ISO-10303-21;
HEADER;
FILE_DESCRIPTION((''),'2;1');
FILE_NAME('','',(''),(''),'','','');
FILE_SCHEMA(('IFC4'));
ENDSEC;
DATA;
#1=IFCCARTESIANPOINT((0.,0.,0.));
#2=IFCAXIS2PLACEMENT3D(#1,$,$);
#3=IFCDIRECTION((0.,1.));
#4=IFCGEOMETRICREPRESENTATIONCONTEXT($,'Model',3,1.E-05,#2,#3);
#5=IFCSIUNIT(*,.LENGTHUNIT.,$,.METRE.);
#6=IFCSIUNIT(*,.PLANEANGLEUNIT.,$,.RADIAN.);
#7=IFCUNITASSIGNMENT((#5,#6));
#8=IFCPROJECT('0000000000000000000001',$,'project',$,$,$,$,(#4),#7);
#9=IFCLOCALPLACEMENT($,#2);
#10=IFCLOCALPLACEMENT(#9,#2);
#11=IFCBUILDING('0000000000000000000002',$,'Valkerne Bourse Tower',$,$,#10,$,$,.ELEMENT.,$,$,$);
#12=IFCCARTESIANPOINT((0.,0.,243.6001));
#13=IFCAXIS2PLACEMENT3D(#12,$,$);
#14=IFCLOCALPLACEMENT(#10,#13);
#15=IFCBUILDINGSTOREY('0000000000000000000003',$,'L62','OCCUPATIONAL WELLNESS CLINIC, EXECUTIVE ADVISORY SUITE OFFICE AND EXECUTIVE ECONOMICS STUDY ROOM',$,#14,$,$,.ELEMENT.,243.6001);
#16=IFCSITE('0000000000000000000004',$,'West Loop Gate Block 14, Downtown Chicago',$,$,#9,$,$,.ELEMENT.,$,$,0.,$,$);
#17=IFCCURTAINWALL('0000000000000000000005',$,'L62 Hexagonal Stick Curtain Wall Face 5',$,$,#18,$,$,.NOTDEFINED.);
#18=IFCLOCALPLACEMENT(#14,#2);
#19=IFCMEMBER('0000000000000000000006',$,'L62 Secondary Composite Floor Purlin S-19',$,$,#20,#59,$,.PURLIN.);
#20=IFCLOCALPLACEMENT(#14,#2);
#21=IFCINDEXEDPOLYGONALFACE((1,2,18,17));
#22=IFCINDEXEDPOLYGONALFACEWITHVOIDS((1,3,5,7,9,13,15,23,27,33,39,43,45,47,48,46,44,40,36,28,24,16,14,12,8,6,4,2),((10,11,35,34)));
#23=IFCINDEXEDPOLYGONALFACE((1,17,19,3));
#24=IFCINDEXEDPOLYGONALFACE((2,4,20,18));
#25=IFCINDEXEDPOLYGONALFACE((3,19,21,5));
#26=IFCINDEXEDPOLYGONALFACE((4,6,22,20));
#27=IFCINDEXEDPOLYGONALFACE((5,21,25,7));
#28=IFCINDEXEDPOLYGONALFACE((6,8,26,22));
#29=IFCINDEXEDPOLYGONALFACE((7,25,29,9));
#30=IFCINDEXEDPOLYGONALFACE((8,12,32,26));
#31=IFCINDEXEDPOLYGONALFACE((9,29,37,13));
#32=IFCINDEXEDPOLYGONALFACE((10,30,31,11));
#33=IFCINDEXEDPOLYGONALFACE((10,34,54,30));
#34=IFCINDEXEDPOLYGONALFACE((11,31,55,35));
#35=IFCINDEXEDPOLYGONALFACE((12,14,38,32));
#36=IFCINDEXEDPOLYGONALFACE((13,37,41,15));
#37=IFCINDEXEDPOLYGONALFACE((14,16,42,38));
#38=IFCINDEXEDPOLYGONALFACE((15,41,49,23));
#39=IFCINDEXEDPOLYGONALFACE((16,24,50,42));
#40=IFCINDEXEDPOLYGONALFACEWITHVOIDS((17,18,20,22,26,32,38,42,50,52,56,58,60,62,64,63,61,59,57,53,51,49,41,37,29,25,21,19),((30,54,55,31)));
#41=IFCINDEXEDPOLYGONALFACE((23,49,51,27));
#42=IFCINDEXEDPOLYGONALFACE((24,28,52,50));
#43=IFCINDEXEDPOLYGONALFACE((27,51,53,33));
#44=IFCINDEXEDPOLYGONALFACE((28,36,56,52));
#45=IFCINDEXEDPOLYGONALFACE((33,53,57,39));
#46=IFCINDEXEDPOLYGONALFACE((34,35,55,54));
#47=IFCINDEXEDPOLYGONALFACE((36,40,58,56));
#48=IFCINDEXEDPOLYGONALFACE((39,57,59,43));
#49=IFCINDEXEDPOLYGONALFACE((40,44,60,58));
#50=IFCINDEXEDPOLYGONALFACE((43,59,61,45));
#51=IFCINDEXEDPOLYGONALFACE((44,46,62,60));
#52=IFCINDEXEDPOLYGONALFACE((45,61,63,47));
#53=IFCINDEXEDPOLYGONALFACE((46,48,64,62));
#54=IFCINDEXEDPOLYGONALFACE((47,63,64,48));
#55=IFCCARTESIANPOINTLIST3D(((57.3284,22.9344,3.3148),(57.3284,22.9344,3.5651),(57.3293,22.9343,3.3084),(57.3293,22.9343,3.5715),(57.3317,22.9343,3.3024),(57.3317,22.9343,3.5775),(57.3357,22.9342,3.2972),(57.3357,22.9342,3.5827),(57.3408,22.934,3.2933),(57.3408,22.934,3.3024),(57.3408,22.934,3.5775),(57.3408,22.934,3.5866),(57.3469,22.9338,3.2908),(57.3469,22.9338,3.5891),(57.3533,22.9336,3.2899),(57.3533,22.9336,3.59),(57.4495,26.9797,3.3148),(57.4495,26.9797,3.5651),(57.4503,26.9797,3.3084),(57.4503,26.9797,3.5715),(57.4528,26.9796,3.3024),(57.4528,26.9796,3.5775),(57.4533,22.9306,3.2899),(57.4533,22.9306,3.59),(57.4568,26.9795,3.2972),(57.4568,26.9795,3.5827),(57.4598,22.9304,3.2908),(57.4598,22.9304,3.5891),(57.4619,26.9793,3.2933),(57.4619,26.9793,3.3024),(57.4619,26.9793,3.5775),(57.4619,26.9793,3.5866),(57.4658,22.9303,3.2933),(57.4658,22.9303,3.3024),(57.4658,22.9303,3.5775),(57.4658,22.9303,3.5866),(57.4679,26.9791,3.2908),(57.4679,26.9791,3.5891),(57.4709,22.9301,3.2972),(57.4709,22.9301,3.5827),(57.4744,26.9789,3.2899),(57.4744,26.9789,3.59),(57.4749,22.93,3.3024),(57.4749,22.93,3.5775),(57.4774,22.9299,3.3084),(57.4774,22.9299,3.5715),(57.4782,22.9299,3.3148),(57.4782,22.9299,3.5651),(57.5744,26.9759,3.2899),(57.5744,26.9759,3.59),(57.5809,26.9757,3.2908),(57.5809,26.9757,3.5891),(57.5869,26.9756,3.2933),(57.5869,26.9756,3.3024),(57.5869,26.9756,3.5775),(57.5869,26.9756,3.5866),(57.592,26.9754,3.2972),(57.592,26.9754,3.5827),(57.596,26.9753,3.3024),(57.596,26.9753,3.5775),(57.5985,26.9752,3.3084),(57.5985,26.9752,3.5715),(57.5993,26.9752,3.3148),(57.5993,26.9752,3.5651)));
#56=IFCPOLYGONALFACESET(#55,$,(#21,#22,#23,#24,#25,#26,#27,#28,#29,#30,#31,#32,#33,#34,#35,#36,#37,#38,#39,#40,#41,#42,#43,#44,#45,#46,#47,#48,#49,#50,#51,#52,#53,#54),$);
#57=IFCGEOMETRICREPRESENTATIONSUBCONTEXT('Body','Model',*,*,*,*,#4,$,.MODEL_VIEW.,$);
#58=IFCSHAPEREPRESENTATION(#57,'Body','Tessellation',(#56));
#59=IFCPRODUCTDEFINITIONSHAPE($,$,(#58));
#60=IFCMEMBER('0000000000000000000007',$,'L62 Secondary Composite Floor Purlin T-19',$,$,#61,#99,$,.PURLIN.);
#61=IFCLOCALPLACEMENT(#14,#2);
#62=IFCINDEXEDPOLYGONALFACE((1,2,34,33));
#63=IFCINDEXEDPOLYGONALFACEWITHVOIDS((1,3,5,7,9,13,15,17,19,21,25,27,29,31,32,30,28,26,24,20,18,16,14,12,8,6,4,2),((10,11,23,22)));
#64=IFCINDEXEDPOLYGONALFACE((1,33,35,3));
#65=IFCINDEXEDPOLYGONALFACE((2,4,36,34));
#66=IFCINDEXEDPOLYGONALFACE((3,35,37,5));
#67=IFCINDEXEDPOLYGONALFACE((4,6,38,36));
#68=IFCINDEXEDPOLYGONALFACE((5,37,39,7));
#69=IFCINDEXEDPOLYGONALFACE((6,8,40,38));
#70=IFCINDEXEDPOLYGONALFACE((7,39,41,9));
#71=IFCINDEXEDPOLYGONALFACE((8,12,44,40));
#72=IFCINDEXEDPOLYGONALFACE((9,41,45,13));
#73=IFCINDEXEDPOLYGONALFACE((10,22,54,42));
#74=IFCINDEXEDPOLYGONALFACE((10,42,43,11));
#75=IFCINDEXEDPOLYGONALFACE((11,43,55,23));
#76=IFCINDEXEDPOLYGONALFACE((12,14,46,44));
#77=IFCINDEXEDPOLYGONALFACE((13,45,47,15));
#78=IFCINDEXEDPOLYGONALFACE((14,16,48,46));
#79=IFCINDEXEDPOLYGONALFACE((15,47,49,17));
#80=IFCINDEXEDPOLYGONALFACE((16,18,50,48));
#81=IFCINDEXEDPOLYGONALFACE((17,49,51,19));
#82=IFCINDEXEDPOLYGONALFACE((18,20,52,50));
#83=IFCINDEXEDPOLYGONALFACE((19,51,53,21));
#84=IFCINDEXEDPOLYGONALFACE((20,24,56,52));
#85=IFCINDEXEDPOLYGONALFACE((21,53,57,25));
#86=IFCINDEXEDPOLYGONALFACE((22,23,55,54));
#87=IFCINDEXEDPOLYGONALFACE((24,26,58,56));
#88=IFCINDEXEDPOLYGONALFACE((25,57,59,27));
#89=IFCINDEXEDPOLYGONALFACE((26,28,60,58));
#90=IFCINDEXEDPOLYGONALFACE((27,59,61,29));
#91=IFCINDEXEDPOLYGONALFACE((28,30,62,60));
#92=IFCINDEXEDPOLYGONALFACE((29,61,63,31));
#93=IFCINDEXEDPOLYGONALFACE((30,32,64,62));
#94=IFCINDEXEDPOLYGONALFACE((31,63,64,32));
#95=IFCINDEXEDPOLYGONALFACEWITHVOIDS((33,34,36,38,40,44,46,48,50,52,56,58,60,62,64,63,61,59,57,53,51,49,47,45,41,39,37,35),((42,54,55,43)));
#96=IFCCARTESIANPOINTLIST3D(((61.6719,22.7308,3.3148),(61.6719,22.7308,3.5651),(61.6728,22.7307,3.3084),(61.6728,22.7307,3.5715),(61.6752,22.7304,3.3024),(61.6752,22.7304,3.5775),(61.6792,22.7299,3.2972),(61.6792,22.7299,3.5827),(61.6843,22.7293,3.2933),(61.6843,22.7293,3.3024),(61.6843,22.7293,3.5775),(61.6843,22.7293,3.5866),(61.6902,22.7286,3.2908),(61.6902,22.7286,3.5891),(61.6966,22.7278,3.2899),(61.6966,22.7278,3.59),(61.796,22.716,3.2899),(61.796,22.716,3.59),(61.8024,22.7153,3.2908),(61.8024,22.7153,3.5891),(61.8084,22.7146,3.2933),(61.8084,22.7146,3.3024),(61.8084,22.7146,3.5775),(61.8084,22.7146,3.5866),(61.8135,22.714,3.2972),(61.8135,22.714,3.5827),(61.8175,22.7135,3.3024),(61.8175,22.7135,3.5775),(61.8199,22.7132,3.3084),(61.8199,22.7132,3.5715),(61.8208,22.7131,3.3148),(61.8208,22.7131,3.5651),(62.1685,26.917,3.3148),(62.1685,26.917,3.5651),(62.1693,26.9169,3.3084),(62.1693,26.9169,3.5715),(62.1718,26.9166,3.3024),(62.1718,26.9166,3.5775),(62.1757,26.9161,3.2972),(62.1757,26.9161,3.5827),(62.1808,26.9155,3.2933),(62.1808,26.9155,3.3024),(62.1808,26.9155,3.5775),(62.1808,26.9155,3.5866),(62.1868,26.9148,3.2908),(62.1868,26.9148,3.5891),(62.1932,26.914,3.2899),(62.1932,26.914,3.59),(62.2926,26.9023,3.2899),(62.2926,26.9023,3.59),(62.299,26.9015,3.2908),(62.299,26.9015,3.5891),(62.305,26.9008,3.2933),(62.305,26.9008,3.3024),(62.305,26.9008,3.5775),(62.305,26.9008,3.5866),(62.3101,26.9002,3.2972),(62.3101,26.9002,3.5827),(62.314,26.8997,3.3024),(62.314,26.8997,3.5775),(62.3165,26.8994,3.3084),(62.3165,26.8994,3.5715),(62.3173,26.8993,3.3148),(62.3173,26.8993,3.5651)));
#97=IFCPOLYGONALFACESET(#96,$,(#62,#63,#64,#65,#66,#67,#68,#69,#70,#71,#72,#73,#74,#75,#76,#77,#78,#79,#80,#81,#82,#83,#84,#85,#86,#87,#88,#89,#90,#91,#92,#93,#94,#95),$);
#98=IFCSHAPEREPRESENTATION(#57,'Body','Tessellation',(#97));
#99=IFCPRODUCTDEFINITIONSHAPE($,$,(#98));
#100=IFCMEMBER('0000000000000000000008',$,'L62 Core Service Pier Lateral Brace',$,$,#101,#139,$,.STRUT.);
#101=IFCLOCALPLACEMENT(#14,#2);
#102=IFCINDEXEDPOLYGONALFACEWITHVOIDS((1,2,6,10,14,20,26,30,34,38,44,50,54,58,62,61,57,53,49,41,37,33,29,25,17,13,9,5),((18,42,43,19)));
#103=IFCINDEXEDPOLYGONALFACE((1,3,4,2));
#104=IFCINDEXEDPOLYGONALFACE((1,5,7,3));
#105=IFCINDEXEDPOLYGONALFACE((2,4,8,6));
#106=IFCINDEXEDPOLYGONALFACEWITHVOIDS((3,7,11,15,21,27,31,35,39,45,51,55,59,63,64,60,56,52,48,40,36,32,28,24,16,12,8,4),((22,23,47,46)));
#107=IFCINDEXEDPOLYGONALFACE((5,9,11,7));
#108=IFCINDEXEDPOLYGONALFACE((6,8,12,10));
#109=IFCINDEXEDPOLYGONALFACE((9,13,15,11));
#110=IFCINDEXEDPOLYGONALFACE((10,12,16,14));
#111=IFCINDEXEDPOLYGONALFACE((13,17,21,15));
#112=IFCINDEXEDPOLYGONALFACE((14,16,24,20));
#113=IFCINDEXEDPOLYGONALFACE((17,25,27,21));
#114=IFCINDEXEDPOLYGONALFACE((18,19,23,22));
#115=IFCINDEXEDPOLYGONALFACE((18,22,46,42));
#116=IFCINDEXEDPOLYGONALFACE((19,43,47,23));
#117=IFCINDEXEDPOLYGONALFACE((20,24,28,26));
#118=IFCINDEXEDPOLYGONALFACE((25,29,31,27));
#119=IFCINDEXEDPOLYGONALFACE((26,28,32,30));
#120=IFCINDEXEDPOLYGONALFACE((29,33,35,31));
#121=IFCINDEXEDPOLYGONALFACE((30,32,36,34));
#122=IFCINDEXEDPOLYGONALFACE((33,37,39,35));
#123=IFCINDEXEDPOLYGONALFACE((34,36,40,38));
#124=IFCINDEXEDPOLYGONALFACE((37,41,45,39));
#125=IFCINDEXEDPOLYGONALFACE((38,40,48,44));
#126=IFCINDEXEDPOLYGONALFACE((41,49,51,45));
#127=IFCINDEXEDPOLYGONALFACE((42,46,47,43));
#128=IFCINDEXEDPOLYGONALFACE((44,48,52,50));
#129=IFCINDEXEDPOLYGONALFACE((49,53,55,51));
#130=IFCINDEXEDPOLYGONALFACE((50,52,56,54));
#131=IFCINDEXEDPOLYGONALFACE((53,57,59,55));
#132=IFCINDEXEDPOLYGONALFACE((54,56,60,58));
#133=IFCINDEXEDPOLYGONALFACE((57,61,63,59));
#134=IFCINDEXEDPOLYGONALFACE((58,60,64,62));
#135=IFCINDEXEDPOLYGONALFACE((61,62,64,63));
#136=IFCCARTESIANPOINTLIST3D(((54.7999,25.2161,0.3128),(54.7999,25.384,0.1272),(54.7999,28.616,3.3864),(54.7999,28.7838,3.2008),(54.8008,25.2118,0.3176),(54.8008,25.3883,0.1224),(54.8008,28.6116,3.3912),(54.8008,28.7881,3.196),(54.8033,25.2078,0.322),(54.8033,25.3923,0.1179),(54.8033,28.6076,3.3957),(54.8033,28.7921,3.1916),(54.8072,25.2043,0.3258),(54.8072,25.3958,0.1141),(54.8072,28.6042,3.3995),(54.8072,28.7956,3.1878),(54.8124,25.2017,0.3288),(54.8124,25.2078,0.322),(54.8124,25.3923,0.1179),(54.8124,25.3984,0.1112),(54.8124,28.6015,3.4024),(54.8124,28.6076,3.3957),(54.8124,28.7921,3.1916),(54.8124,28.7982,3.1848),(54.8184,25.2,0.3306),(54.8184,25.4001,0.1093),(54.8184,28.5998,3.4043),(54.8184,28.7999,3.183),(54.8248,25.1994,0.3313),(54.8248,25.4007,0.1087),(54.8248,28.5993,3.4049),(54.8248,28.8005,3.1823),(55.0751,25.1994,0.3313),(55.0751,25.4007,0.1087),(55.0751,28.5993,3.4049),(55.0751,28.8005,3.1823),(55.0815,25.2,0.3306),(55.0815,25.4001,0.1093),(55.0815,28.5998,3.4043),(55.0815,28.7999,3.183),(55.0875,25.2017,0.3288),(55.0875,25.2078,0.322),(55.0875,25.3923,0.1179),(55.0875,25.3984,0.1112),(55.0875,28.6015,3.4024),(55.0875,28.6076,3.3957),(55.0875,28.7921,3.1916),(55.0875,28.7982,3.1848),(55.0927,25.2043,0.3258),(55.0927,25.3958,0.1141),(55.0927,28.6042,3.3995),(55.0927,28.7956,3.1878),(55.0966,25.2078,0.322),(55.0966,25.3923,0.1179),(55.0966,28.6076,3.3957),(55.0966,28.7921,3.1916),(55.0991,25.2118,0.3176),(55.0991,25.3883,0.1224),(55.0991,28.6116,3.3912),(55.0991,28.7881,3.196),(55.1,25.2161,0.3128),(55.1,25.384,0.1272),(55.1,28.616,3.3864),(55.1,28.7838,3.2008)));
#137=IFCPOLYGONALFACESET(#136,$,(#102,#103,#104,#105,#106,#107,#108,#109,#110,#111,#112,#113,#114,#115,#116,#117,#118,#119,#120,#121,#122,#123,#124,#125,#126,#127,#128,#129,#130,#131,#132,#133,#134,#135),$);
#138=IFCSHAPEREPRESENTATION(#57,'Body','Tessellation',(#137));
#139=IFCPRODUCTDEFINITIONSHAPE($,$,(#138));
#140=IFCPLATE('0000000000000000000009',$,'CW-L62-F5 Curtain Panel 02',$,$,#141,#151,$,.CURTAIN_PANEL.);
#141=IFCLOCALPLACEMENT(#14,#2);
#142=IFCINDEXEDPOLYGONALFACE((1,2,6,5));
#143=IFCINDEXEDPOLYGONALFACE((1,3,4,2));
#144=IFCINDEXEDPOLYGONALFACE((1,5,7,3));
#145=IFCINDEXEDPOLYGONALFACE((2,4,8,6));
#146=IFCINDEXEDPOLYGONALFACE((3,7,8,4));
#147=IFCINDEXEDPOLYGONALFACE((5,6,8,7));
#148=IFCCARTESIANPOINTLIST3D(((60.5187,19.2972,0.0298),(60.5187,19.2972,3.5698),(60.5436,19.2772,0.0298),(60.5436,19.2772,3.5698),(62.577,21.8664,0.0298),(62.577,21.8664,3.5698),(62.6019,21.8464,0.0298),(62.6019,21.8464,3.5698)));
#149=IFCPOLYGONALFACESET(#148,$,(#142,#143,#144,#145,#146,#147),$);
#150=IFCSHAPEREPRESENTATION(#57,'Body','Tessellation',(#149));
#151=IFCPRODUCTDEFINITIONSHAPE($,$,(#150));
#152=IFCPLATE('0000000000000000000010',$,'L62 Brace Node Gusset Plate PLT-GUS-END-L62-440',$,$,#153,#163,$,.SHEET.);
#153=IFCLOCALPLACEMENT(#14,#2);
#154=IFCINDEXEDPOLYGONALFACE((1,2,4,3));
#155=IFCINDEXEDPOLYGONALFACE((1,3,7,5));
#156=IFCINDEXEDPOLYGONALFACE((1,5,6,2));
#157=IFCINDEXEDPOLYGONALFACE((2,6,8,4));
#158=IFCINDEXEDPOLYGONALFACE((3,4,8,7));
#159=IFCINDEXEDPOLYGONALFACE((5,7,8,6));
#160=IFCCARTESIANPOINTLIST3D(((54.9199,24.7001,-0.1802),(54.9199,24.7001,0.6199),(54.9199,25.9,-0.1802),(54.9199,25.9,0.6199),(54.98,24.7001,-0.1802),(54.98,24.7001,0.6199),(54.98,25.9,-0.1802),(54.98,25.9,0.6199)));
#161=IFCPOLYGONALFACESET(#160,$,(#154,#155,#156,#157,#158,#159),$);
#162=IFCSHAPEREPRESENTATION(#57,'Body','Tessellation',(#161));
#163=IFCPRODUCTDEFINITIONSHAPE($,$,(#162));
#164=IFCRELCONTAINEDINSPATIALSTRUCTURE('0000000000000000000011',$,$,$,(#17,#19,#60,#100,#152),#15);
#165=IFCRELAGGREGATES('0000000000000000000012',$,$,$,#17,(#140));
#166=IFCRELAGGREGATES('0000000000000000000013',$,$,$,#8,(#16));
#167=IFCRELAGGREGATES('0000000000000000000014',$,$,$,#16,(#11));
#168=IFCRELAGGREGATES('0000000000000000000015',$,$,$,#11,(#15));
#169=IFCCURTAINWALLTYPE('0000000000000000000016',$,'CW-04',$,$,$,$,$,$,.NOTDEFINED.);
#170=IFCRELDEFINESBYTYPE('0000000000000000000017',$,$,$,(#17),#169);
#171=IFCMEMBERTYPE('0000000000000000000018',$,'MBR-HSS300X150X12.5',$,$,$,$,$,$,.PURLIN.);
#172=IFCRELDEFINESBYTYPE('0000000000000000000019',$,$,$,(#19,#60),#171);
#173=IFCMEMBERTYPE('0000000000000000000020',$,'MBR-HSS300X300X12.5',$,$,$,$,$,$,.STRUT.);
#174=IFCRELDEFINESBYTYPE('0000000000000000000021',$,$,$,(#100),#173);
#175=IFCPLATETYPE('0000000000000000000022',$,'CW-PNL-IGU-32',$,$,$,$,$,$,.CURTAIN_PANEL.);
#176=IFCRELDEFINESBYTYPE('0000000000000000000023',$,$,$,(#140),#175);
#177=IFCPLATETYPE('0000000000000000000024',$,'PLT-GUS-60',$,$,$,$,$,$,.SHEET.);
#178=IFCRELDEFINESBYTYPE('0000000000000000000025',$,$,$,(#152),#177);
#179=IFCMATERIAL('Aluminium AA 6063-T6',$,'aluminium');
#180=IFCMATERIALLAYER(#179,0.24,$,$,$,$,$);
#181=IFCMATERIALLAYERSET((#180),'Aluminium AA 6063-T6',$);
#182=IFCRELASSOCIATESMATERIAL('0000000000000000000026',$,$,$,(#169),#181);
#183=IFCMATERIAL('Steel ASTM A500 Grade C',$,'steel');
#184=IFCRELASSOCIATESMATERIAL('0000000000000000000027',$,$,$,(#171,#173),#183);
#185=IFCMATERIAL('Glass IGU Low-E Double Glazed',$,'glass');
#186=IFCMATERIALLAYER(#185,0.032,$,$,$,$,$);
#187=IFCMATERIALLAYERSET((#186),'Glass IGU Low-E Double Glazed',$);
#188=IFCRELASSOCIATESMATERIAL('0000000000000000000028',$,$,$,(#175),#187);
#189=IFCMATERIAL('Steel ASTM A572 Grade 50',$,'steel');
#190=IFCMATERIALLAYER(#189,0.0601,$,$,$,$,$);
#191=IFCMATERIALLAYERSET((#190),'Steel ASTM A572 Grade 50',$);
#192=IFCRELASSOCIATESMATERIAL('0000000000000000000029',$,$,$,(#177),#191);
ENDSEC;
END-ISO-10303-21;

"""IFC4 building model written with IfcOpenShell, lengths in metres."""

from ifc_helpers import new_model, si_unit, direction, frame, origin, origin_2d, place, context, subcontext, project, spatial, rectangle, hollow_rectangle, extrude, material, layer, layer_set, material_profile, profile_set, type_object, element, aggregate, save


model = new_model("IFC4")

# Units and contexts
model_context = context("Model", 3, precision=1e-05, world=origin(), true_north=direction((0.0, 1.0)))
body_context = subcontext(model_context, "Body", "Model", "MODEL_VIEW")
ifc_project = project(units=[si_unit("LENGTHUNIT", "METRE"), si_unit("PLANEANGLEUNIT", "RADIAN")], contexts=[model_context])

# Site, building, storey
site_placement = place(None, origin())
site = spatial("IfcSite", under=ifc_project, at=site_placement, Name="West Loop Gate Block 14, Downtown Chicago", CompositionType="ELEMENT", RefElevation=0.0)
building_placement = place(site_placement, origin())
building = spatial("IfcBuilding", under=site, at=building_placement, Name="Valkerne Bourse Tower", CompositionType="ELEMENT")
storey_placement = place(building_placement, frame((0.0, 0.0, 243.6001)))
storey = spatial("IfcBuildingStorey", under=building, at=storey_placement, Name="L62", Description="OCCUPATIONAL WELLNESS CLINIC, EXECUTIVE ADVISORY SUITE OFFICE AND EXECUTIVE ECONOMICS STUDY ROOM", CompositionType="ELEMENT", Elevation=243.6001)

# Curtain wall
ifc_material_1 = material(Name="Aluminium AA 6063-T6", Category="aluminium")
ifc_layer_1 = layer(ifc_material_1, 0.24)
ifc_layer_set_1 = layer_set([ifc_layer_1], Name="Aluminium AA 6063-T6")
curtain_wall_type = type_object("IfcCurtainWallType", Name="CW-04", PredefinedType="NOTDEFINED", material=ifc_layer_set_1)
curtain_wall_1_placement = place(storey_placement, origin())
curtain_wall_1 = element("IfcCurtainWall", 1, at=curtain_wall_1_placement, inside=storey, type_object=curtain_wall_type, Name="L62 Hexagonal Stick Curtain Wall Face 5", PredefinedType="NOTDEFINED")

# Members
ifc_material_2 = material(Name="Steel ASTM A500 Grade C", Category="steel")
ifc_material_profile_1 = material_profile(ifc_material_2, hollow_rectangle(XDim=0.1499, YDim=0.3, WallThickness=0.0125, OuterFilletRadius=0.0249, at=origin_2d()), Name="HSS300X150X12.5")
ifc_profile_set_1 = profile_set([ifc_material_profile_1], Name="Steel ASTM A500 Grade C")
member_type_1 = type_object("IfcMemberType", Name="MBR-HSS300X150X12.5", PredefinedType="PURLIN", material=ifc_profile_set_1)
member_1_placement = place(storey_placement, frame((57.4033, 22.9321, 3.4399), z_axis=(0.02992, 0.999552, 0.0), x_axis=(-0.999552, 0.02992, 0.0)))
element("IfcMember", 2, at=member_1_placement, inside=storey, type_object=member_type_1, Name="L62 Secondary Composite Floor Purlin S-19", PredefinedType="PURLIN", context=body_context, shape_type="SweptSolid", body=[
    extrude(hollow_rectangle(XDim=0.1499, YDim=0.3, WallThickness=0.0125, OuterFilletRadius=0.0249, at=origin_2d()), origin(), (0.0, 0.0, 1.0), 4.0471),
])
member_2_placement = place(storey_placement, frame((61.7463, 22.7219, 3.4399), z_axis=(0.117795, 0.993038, 0.0), x_axis=(-0.993038, 0.117795, 0.0)))
element("IfcMember", 3, at=member_2_placement, inside=storey, type_object=member_type_1, Name="L62 Secondary Composite Floor Purlin T-19", PredefinedType="PURLIN", context=body_context, shape_type="SweptSolid", body=[
    extrude(hollow_rectangle(XDim=0.1499, YDim=0.3, WallThickness=0.0125, OuterFilletRadius=0.0249, at=origin_2d()), origin(), (0.0, 0.0, 1.0), 4.2156),
])
ifc_material_profile_2 = material_profile(ifc_material_2, hollow_rectangle(XDim=0.3, YDim=0.3, WallThickness=0.0125, OuterFilletRadius=0.0249, at=origin_2d()), Name="HSS300X300X12.5")
ifc_profile_set_2 = profile_set([ifc_material_profile_2], Name="Steel ASTM A500 Grade C")
member_type_2 = type_object("IfcMemberType", Name="MBR-HSS300X300X12.5", PredefinedType="STRUT", material=ifc_profile_set_2)
member_3_placement = place(storey_placement, frame((54.95, 25.3, 0.22), z_axis=(0.0, 0.741793, 0.670629), x_axis=(-1.0, 0.0, 0.0)))
element("IfcMember", 4, at=member_3_placement, inside=storey, type_object=member_type_2, Name="L62 Core Service Pier Lateral Brace", PredefinedType="STRUT", context=body_context, shape_type="SweptSolid", body=[
    extrude(hollow_rectangle(XDim=0.3, YDim=0.3, WallThickness=0.0125, OuterFilletRadius=0.0249, at=origin_2d()), origin(), (0.0, 0.0, 1.0), 4.5833),
])

# Plates
ifc_material_3 = material(Name="Glass IGU Low-E Double Glazed", Category="glass")
ifc_layer_2 = layer(ifc_material_3, 0.032)
ifc_layer_set_2 = layer_set([ifc_layer_2], Name="Glass IGU Low-E Double Glazed")
plate_type_1 = type_object("IfcPlateType", Name="CW-PNL-IGU-32", PredefinedType="CURTAIN_PANEL", material=ifc_layer_set_2)
plate_1_placement = place(storey_placement, frame((61.5603, 20.5718, 0.0298), z_axis=(0.0, 0.0, 1.0), x_axis=(0.625236, 0.780435, 0.0)))
plate_1 = element("IfcPlate", 5, at=plate_1_placement, type_object=plate_type_1, Name="CW-L62-F5 Curtain Panel 02", PredefinedType="CURTAIN_PANEL", context=body_context, shape_type="SweptSolid", body=[
    extrude(rectangle(XDim=3.292, YDim=0.032, at=origin_2d()), origin(), (0.0, 0.0, 1.0), 3.54),
])
aggregate(curtain_wall_1, [plate_1])
ifc_material_4 = material(Name="Steel ASTM A572 Grade 50", Category="steel")
ifc_layer_3 = layer(ifc_material_4, 0.0601)
ifc_layer_set_3 = layer_set([ifc_layer_3], Name="Steel ASTM A572 Grade 50")
plate_type_2 = type_object("IfcPlateType", Name="PLT-GUS-60", PredefinedType="SHEET", material=ifc_layer_set_3)
plate_2_placement = place(storey_placement, frame((54.95, 25.3, -0.1802), z_axis=(0.0, 0.0, 1.0), x_axis=(0.0, 1.0, 0.0)))
element("IfcPlate", 6, at=plate_2_placement, inside=storey, type_object=plate_type_2, Name="L62 Brace Node Gusset Plate PLT-GUS-END-L62-440", PredefinedType="SHEET", context=body_context, shape_type="SweptSolid", body=[
    extrude(rectangle(XDim=1.2, YDim=0.0601, at=origin_2d()), origin(), (0.0, 0.0, 1.0), 0.8),
])

save(model, "model.ifc")
